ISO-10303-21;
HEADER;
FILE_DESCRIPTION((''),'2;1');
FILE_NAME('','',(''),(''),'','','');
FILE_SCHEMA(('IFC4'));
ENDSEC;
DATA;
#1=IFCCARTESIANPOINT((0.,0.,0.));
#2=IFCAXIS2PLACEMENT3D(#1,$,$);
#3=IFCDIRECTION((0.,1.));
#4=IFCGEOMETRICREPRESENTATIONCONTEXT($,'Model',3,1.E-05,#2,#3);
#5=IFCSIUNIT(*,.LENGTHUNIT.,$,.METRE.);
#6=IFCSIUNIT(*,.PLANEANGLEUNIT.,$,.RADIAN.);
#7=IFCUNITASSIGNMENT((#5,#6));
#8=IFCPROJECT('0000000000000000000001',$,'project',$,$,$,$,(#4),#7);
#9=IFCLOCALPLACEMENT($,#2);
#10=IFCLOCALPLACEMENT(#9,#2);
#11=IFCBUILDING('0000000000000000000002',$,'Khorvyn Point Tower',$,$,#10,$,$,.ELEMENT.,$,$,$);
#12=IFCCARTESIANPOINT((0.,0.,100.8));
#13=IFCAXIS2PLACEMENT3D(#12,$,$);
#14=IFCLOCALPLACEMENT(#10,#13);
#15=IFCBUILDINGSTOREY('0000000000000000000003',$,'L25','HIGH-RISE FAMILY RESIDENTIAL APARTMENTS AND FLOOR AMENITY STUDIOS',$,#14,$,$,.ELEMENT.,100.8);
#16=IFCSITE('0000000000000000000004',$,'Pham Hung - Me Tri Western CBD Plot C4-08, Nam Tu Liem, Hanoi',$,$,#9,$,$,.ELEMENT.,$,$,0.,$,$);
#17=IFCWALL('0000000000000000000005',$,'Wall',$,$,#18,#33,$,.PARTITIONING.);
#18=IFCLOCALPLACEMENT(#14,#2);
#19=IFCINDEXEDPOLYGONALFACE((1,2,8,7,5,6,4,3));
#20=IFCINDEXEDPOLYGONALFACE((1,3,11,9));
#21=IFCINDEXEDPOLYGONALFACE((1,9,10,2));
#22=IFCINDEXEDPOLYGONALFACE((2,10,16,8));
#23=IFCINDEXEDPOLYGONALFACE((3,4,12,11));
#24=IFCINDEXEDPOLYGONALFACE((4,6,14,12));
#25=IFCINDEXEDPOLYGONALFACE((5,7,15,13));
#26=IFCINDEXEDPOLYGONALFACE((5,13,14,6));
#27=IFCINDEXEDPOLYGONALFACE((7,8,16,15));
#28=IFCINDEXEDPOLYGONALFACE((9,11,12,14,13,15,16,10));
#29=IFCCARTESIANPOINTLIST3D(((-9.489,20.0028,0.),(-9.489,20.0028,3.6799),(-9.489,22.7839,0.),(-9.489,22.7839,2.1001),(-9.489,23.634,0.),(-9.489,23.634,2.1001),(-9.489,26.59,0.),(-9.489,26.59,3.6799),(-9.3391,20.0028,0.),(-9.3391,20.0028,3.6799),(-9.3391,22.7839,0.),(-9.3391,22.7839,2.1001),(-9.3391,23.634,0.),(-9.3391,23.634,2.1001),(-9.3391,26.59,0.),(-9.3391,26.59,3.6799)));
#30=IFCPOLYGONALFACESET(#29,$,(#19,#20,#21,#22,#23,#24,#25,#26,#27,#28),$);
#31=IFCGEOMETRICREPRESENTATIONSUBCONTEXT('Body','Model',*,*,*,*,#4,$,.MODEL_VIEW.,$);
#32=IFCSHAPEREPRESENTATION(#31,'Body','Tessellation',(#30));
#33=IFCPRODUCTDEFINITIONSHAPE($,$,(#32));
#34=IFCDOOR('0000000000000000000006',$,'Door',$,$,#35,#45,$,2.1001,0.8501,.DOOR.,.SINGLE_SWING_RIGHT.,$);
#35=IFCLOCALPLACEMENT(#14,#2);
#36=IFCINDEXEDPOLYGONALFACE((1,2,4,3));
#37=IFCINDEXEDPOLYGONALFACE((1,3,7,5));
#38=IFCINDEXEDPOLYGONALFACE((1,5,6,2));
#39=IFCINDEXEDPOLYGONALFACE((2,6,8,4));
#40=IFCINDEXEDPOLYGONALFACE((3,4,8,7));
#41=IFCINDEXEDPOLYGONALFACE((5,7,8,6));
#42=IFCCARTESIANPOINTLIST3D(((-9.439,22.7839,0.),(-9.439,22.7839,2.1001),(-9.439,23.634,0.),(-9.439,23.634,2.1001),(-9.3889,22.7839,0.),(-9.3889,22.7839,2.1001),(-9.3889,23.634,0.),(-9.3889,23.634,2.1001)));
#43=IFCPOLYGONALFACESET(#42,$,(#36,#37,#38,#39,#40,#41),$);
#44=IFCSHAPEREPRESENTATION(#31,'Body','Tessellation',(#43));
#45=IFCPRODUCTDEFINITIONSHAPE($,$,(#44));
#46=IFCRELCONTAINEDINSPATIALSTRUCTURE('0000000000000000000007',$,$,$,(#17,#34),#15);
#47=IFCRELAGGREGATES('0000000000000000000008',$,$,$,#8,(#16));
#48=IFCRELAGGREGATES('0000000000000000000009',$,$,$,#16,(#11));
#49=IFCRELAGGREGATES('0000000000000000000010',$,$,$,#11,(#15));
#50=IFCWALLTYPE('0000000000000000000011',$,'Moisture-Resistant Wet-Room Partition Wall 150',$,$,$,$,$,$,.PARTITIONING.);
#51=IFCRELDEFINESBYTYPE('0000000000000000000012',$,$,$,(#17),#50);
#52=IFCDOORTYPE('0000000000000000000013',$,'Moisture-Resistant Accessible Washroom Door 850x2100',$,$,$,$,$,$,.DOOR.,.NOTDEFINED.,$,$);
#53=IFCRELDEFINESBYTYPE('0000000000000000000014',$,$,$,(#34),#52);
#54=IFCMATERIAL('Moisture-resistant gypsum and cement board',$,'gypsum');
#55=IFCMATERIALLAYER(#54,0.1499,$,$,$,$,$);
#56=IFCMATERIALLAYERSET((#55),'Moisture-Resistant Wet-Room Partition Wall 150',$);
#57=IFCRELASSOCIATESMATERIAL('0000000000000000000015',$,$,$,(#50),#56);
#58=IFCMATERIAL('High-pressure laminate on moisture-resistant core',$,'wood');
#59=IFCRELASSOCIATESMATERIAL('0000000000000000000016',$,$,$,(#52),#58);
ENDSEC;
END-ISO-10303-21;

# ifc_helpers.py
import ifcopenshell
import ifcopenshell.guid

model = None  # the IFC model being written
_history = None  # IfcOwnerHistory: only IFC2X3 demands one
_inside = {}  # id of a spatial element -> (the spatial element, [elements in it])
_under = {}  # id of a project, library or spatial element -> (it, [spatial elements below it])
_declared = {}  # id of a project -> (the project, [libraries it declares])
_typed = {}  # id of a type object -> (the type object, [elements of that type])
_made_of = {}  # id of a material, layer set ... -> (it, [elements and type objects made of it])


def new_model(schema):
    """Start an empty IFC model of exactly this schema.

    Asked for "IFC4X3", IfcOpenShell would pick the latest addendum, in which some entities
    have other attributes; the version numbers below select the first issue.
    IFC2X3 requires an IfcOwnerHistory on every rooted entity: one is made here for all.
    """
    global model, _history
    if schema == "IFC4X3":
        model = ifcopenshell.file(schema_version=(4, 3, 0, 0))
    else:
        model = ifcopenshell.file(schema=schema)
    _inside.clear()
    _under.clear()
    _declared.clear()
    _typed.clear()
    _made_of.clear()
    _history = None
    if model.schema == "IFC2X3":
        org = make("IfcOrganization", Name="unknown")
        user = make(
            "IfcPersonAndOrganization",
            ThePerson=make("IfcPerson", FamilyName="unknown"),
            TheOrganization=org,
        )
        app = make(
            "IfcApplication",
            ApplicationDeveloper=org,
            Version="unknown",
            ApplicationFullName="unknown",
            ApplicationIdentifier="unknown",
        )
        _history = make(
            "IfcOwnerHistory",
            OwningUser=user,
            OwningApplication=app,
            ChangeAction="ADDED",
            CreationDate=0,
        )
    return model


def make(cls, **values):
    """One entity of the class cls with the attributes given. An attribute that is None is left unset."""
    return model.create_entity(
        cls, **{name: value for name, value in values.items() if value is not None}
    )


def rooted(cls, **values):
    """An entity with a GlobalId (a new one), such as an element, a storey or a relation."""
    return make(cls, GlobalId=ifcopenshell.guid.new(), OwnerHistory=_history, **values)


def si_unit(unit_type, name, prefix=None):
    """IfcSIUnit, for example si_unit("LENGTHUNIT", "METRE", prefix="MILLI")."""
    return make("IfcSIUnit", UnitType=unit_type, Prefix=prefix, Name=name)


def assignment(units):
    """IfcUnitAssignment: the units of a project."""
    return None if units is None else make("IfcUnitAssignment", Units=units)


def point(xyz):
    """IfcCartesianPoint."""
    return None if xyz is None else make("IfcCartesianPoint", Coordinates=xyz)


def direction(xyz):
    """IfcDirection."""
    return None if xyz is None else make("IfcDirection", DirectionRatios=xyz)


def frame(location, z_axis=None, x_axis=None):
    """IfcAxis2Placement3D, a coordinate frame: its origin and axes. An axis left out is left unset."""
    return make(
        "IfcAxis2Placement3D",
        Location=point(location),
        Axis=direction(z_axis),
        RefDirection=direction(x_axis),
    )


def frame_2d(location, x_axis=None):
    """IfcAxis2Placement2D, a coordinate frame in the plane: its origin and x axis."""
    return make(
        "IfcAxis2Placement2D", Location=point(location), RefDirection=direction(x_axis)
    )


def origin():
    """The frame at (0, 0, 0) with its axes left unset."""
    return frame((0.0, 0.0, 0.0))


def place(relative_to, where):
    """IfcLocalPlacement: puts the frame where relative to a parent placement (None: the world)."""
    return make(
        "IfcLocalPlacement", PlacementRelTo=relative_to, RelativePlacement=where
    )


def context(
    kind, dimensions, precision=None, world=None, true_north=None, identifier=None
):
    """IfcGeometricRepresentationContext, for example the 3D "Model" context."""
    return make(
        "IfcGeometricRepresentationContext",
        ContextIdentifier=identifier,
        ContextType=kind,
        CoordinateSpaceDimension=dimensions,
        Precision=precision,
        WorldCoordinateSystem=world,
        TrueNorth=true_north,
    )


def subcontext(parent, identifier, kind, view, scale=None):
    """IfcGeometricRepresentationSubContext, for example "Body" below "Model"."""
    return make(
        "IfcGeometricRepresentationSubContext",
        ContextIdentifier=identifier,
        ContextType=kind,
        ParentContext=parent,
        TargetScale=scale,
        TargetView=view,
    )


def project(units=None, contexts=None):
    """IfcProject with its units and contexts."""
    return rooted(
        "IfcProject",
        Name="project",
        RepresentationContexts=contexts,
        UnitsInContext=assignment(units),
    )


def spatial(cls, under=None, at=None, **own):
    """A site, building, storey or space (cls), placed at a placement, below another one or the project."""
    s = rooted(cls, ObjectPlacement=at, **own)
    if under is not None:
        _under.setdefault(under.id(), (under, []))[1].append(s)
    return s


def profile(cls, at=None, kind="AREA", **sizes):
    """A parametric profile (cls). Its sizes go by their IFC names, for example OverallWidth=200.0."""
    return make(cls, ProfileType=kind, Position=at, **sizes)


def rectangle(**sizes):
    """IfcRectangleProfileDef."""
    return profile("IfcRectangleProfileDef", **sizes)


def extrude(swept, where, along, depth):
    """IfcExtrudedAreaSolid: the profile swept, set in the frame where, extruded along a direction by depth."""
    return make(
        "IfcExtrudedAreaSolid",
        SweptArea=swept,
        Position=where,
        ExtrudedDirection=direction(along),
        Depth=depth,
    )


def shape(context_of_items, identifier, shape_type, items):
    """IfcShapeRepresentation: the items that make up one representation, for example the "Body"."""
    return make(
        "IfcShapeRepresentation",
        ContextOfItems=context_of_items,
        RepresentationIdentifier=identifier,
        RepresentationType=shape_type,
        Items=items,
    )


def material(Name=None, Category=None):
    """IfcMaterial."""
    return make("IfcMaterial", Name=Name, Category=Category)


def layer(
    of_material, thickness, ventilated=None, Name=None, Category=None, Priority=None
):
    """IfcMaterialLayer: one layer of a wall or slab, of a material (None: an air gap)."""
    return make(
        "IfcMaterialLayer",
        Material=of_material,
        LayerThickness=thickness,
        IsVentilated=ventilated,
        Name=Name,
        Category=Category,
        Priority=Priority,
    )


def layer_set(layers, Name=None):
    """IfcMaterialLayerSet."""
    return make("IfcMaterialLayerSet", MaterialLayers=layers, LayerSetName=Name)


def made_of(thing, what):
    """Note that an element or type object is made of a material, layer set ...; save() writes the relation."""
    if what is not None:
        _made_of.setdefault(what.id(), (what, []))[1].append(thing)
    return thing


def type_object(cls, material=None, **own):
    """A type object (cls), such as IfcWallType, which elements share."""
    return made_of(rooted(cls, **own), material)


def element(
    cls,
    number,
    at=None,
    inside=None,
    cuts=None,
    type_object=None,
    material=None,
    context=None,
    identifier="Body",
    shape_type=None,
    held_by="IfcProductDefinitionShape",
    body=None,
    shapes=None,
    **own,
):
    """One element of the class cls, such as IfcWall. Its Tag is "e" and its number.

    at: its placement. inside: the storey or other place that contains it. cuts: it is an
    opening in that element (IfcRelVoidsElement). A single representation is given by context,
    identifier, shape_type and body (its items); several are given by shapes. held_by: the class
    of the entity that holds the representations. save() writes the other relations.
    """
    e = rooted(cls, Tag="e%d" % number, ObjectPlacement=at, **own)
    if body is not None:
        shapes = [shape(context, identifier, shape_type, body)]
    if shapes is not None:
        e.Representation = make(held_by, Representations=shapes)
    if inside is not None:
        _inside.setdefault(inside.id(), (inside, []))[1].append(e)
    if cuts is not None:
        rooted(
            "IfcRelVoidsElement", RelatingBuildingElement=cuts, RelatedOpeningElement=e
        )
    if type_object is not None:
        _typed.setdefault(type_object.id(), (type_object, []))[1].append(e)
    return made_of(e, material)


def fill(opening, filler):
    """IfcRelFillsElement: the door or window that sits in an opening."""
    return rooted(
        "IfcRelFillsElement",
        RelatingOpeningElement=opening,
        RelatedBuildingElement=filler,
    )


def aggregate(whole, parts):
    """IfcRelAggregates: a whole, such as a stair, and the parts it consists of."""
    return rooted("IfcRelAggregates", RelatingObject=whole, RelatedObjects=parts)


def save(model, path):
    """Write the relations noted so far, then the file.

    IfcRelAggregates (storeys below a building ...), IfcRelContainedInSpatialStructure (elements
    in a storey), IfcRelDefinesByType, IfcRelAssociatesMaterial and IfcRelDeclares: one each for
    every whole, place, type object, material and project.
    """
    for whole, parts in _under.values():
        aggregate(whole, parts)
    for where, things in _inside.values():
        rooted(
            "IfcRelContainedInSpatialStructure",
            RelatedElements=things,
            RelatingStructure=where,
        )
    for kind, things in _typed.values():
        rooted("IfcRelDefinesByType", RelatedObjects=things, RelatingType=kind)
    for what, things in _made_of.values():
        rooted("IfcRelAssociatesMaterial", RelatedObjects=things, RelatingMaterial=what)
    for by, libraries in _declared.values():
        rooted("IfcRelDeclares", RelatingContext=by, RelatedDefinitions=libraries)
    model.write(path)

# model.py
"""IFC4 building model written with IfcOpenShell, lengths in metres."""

from ifc_helpers import new_model, si_unit, direction, frame, frame_2d, origin, place, context, subcontext, project, spatial, rectangle, extrude, material, layer, layer_set, type_object, element, fill, save


model = new_model("IFC4")

# Units and contexts
model_context = context("Model", 3, precision=1e-05, world=origin(), true_north=direction((0.0, 1.0)))
body_context = subcontext(model_context, "Body", "Model", "MODEL_VIEW")
ifc_project = project(units=[si_unit("LENGTHUNIT", "METRE"), si_unit("PLANEANGLEUNIT", "RADIAN")], contexts=[model_context])

# Site, building, storey
site_placement = place(None, origin())
site = spatial("IfcSite", under=ifc_project, at=site_placement, Name="Pham Hung - Me Tri Western CBD Plot C4-08, Nam Tu Liem, Hanoi", CompositionType="ELEMENT", RefElevation=0.0)
building_placement = place(site_placement, origin())
building = spatial("IfcBuilding", under=site, at=building_placement, Name="Khorvyn Point Tower", CompositionType="ELEMENT")
storey_placement = place(building_placement, frame((0.0, 0.0, 100.8)))
storey = spatial("IfcBuildingStorey", under=building, at=storey_placement, Name="L25", Description="HIGH-RISE FAMILY RESIDENTIAL APARTMENTS AND FLOOR AMENITY STUDIOS", CompositionType="ELEMENT", Elevation=100.8)

# Wall, opening, door
ifc_material_1 = material(Name="Moisture-resistant gypsum and cement board", Category="gypsum")
ifc_layer_1 = layer(ifc_material_1, 0.1499)
ifc_layer_set_1 = layer_set([ifc_layer_1], Name="Moisture-Resistant Wet-Room Partition Wall 150")
wall_type_1 = type_object("IfcWallType", Name="Moisture-Resistant Wet-Room Partition Wall 150", PredefinedType="PARTITIONING", material=ifc_layer_set_1)
wall_1_placement = place(storey_placement, frame((-9.4141, 20.0029, 0.0), z_axis=(0.0, 0.0, 1.0), x_axis=(0.0, 1.0, 0.0)))
wall_1 = element("IfcWall", 1, at=wall_1_placement, inside=storey, type_object=wall_type_1, Name="Wall", PredefinedType="PARTITIONING", context=body_context, shape_type="SweptSolid", body=[
    extrude(rectangle(XDim=6.5872, YDim=0.1499, at=frame_2d((3.2935, 0.0))), origin(), (0.0, 0.0, 1.0), 3.6799),
])
opening_1_placement = place(wall_1_placement, frame((2.781, 0.0, 0.0)))
opening_1 = element("IfcOpeningElement", 2, at=opening_1_placement, cuts=wall_1, PredefinedType="OPENING", context=body_context, shape_type="SweptSolid", body=[
    extrude(rectangle(XDim=0.8501, YDim=2.1001, at=frame_2d((0.425, 1.05))), frame((0.0, 0.085, 0.0), z_axis=(0.0, -1.0, 0.0), x_axis=(1.0, 0.0, 0.0)), (0.0, 0.0, 1.0), 0.1699),
])
ifc_material_2 = material(Name="High-pressure laminate on moisture-resistant core", Category="wood")
door_type_1 = type_object("IfcDoorType", Name="Moisture-Resistant Accessible Washroom Door 850x2100", OperationType="NOTDEFINED", PredefinedType="DOOR", material=ifc_material_2)
door_1_placement = place(opening_1_placement, origin())
door_1 = element("IfcDoor", 3, at=door_1_placement, inside=storey, type_object=door_type_1, Name="Door", OperationType="SINGLE_SWING_RIGHT", OverallHeight=2.1001, OverallWidth=0.8501, PredefinedType="DOOR", context=body_context, shape_type="SweptSolid", body=[
    extrude(rectangle(XDim=0.8501, YDim=2.1001, at=frame_2d((0.425, 1.05))), frame((0.0, 0.0249, 0.0), z_axis=(0.0, -1.0, 0.0), x_axis=(1.0, 0.0, 0.0)), (0.0, 0.0, 1.0), 0.05),
])
fill(opening_1, door_1)

save(model, "model.ifc")
